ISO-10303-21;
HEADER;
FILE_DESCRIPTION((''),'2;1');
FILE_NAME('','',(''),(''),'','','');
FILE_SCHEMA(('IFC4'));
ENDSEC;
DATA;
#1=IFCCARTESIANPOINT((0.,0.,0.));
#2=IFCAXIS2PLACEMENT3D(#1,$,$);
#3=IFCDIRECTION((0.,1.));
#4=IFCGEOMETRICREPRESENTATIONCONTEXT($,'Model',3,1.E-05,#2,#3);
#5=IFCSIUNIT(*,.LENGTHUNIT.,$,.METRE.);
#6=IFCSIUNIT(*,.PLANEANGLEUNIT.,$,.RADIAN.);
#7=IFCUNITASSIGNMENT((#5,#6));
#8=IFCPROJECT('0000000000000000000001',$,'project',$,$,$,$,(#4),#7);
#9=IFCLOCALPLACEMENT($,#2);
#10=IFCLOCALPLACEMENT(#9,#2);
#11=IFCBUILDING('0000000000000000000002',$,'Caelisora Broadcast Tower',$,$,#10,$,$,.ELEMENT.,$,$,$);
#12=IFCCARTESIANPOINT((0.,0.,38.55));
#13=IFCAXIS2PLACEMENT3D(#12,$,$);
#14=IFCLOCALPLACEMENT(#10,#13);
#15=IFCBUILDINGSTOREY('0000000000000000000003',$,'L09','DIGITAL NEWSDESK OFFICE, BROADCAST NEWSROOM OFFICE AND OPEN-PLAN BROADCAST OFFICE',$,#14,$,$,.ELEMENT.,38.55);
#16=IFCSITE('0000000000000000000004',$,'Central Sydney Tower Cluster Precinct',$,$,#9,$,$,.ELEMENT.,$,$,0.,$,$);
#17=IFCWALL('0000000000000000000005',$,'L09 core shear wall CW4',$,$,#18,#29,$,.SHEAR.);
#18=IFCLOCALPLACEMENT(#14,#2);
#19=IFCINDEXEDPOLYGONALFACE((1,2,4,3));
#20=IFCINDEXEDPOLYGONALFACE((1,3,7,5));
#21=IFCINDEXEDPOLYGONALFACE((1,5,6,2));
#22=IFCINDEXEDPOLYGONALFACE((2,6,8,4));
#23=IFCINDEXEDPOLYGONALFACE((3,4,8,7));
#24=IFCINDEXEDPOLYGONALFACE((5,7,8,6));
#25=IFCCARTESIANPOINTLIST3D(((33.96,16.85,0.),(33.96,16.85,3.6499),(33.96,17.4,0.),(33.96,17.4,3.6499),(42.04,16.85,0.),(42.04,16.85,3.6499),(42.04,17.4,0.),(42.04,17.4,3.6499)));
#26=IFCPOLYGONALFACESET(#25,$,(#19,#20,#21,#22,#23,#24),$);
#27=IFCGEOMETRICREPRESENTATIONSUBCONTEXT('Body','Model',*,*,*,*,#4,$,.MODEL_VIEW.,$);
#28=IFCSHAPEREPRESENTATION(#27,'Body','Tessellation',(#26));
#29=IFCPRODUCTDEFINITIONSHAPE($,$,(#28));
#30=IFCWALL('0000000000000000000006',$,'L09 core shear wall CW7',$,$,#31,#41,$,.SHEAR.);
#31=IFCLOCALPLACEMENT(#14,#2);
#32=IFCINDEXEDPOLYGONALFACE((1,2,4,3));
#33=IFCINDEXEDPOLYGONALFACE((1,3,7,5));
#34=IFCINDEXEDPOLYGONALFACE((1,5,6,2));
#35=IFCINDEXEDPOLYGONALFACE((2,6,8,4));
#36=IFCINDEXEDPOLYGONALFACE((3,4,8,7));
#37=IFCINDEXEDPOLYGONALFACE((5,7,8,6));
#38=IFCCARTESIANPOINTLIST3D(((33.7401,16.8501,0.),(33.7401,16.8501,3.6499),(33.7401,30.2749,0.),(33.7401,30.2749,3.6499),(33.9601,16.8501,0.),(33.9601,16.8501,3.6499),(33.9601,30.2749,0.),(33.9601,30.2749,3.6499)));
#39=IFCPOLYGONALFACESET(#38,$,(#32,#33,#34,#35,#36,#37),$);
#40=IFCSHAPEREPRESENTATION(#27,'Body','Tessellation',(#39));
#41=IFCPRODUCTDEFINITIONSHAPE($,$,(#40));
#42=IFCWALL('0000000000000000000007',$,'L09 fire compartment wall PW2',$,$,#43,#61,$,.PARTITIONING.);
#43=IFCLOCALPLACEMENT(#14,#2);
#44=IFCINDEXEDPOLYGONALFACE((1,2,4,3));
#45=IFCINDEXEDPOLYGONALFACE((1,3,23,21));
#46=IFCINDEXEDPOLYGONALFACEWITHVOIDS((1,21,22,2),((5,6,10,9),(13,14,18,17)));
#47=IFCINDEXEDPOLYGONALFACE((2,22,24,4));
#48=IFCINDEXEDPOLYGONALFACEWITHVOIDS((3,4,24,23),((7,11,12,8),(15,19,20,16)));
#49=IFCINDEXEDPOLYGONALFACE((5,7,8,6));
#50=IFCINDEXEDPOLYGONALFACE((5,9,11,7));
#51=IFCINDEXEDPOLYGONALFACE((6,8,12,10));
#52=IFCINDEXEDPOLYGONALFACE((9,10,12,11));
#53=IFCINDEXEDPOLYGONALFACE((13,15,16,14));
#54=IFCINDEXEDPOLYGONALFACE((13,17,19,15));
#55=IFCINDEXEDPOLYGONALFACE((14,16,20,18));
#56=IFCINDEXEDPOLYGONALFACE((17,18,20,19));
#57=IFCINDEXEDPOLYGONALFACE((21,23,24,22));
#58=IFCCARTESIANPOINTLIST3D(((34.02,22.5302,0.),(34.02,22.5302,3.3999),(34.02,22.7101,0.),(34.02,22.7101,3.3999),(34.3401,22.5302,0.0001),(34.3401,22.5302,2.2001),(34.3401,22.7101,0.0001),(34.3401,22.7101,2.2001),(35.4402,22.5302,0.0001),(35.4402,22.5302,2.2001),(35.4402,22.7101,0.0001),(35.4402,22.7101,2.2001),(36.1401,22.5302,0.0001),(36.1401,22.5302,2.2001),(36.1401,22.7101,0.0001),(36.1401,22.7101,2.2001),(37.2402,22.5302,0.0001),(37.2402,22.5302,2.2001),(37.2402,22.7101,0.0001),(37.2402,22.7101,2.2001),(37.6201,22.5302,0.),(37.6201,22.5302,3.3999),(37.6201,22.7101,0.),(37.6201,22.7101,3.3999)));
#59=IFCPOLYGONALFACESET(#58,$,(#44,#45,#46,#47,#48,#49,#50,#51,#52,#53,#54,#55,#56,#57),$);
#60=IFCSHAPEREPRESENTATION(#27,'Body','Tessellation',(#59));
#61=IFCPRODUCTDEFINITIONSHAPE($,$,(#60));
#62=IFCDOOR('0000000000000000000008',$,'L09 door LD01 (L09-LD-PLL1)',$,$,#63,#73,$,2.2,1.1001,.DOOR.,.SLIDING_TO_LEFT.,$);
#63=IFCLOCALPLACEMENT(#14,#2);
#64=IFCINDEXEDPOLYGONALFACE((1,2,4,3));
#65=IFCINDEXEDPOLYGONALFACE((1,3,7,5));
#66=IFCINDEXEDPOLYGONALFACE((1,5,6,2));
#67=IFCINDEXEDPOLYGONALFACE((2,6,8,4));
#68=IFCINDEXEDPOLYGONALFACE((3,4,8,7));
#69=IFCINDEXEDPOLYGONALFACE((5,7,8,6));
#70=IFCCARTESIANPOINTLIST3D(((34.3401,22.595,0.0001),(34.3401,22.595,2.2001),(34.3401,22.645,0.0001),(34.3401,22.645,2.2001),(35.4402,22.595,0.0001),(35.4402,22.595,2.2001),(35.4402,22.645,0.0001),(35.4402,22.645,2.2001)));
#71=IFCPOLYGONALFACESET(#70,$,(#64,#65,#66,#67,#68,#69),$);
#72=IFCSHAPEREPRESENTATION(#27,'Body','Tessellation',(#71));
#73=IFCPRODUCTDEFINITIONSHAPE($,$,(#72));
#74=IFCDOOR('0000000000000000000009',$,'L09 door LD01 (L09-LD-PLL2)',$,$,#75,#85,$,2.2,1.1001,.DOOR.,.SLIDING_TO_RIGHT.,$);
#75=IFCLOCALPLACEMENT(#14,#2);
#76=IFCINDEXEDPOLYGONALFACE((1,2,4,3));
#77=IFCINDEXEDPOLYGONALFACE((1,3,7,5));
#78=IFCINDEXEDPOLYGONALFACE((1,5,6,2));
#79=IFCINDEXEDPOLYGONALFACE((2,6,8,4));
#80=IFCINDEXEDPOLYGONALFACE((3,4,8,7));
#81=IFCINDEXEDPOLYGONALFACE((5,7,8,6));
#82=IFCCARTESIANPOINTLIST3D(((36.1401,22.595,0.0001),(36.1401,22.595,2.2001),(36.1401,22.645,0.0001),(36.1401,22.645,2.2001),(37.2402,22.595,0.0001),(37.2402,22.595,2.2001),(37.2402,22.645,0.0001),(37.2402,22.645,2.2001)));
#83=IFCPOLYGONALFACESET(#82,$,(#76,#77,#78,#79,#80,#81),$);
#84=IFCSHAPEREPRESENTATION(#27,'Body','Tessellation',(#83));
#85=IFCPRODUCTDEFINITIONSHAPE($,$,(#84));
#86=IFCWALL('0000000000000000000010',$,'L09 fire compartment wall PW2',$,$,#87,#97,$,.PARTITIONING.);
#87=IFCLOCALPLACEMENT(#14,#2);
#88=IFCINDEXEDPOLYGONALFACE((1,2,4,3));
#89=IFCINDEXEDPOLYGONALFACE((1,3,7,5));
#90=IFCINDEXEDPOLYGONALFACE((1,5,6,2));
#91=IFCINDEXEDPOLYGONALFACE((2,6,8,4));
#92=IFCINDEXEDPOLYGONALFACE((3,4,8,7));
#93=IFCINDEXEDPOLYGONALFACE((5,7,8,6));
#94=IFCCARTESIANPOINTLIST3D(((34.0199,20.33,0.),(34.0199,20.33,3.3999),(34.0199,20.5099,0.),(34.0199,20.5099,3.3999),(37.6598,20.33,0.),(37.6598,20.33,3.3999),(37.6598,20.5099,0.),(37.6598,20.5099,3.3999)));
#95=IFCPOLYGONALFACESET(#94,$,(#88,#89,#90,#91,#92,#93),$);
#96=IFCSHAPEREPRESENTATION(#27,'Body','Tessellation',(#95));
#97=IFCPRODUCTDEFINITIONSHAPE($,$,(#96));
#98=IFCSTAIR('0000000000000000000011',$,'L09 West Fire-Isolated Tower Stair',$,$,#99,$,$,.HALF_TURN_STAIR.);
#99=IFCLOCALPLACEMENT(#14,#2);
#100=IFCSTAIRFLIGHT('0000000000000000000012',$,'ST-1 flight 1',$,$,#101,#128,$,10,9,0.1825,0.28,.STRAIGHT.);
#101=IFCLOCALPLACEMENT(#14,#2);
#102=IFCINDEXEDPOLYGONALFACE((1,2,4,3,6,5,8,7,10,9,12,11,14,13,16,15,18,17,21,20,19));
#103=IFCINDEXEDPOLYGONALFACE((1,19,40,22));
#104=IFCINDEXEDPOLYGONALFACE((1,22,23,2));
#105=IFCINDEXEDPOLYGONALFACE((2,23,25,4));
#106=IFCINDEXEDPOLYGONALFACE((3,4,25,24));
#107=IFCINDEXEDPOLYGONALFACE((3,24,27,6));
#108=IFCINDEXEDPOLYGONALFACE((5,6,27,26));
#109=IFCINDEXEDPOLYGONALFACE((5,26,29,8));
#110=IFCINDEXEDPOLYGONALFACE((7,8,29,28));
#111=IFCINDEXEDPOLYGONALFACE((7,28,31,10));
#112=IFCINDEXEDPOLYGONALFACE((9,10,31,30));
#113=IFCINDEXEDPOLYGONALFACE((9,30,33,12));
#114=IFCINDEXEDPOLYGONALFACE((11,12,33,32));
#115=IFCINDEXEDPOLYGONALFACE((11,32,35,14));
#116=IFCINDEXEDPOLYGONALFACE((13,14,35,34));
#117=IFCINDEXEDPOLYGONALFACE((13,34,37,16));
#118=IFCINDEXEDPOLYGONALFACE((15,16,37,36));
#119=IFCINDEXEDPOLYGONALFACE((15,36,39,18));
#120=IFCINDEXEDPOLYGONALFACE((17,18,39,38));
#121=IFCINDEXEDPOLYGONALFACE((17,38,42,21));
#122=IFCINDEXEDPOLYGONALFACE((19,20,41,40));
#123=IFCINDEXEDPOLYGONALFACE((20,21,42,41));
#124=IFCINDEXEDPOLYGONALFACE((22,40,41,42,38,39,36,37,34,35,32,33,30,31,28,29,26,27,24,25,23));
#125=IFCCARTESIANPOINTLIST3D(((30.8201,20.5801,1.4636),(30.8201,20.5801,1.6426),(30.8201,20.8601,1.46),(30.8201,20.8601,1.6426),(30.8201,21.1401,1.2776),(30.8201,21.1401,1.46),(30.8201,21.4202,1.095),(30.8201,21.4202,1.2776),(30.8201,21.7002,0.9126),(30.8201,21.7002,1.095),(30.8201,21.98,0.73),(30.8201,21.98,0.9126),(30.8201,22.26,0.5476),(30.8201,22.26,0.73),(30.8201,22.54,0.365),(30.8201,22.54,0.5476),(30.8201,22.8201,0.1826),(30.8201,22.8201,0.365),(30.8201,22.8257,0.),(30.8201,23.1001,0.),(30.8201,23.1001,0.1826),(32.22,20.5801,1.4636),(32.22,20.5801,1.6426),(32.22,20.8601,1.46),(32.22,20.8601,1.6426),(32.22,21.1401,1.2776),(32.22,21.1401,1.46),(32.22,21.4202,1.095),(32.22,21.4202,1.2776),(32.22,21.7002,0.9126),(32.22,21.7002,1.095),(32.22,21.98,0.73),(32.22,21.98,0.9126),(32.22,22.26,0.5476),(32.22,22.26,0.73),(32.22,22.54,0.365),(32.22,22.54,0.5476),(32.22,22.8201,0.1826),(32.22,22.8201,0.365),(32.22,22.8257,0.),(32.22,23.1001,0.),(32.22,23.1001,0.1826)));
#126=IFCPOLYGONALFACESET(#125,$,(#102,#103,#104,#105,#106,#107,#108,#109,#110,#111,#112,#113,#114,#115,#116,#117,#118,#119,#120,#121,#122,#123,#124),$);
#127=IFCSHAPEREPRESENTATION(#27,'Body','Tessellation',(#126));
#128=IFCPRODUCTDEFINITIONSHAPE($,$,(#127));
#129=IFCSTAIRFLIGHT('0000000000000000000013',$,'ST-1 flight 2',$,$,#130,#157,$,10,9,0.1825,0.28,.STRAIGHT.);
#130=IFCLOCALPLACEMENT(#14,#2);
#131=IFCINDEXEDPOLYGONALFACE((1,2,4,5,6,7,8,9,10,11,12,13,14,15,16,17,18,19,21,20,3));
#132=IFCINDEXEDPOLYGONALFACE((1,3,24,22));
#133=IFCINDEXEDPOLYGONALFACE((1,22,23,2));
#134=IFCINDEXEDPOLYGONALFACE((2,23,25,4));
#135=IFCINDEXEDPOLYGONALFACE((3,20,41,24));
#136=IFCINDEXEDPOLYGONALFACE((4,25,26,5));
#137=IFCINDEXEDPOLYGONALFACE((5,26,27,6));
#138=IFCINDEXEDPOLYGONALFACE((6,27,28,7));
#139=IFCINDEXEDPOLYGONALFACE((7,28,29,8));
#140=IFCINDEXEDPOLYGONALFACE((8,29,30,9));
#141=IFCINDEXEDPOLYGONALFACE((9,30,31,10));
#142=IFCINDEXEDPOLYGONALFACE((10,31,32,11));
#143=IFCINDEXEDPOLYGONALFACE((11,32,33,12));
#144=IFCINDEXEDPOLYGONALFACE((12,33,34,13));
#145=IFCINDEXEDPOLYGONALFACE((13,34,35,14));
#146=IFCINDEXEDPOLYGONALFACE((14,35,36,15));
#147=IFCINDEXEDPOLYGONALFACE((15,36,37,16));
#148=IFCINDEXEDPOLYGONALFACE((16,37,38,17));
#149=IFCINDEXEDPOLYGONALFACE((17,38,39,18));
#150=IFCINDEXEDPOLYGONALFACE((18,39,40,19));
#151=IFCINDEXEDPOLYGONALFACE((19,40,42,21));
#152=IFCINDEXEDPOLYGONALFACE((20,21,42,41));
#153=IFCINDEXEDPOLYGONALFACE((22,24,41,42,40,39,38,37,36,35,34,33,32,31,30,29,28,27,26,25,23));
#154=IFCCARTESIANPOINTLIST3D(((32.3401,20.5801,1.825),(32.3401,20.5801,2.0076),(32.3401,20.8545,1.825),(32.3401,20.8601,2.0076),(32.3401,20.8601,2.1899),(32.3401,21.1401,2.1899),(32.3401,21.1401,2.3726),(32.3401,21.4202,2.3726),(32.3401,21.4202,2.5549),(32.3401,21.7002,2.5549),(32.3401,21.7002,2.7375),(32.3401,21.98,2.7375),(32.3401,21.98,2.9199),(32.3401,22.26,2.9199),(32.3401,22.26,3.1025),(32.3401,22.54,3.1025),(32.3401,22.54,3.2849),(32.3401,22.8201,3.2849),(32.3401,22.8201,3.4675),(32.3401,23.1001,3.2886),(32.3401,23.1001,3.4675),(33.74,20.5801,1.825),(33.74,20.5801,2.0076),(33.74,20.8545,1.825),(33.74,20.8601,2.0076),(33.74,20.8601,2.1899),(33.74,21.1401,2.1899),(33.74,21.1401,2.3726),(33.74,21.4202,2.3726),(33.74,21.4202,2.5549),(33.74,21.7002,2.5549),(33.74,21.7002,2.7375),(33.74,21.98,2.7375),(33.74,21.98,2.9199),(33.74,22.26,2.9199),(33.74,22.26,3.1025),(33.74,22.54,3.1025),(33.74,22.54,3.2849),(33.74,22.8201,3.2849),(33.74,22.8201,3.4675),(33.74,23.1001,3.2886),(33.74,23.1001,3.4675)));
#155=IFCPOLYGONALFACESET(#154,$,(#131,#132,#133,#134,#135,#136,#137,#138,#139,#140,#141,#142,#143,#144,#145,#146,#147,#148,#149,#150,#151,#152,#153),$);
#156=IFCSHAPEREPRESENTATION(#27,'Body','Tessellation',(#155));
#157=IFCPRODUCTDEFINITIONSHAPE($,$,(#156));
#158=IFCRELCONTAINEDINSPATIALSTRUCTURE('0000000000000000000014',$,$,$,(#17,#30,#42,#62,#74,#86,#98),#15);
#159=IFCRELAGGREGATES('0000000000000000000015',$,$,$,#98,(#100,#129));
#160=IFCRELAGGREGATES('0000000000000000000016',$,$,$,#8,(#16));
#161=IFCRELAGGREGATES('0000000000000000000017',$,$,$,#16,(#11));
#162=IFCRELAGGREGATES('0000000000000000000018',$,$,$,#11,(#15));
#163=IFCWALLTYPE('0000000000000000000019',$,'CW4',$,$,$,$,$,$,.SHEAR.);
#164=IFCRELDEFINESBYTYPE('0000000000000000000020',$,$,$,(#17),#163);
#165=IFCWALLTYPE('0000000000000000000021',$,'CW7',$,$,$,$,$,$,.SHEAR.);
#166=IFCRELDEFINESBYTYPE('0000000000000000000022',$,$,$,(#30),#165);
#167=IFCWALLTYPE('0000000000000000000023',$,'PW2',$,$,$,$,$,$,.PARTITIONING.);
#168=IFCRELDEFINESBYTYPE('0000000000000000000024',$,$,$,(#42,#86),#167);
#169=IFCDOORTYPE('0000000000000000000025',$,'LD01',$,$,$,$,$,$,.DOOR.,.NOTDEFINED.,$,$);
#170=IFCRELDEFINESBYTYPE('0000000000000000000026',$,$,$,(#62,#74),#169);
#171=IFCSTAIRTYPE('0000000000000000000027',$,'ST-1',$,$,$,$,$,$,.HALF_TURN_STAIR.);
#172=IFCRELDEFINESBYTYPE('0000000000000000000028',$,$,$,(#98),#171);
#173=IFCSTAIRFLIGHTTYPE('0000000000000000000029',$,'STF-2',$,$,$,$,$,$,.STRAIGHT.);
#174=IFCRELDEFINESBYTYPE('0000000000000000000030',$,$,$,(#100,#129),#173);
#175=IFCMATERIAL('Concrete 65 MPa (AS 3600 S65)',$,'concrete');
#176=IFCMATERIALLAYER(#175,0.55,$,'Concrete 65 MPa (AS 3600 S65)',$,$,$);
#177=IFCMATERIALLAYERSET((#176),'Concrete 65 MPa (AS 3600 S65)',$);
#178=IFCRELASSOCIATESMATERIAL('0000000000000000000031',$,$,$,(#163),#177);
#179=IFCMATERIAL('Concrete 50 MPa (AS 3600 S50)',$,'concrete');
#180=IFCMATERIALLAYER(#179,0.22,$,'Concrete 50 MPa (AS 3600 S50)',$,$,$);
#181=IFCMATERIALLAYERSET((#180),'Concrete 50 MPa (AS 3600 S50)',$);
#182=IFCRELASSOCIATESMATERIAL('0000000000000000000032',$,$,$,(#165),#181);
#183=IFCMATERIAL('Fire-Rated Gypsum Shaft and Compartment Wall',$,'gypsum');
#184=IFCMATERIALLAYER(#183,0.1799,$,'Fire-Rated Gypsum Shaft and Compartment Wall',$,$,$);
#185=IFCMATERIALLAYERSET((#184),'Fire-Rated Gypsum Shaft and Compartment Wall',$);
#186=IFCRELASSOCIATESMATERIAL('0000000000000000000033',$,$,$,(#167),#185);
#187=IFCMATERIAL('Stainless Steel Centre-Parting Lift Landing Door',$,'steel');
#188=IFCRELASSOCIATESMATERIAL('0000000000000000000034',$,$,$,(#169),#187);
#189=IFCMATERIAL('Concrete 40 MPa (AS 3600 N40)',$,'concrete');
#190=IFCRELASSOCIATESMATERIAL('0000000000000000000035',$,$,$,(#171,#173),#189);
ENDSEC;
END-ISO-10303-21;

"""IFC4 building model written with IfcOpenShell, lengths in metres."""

from ifc_helpers import new_model, si_unit, direction, frame, frame_2d, origin, place, context, subcontext, project, spatial, polyline, rectangle, outline, extrude, material, layer, layer_set, type_object, element, fill, aggregate, save


model = new_model("IFC4")

# Units and contexts
model_context = context("Model", 3, precision=1e-05, world=origin(), true_north=direction((0.0, 1.0)))
body_context = subcontext(model_context, "Body", "Model", "MODEL_VIEW")
ifc_project = project(units=[si_unit("LENGTHUNIT", "METRE"), si_unit("PLANEANGLEUNIT", "RADIAN")], contexts=[model_context])

# Site, building, storey
site_placement = place(None, origin())
site = spatial("IfcSite", under=ifc_project, at=site_placement, Name="Central Sydney Tower Cluster Precinct", CompositionType="ELEMENT", RefElevation=0.0)
building_placement = place(site_placement, origin())
building = spatial("IfcBuilding", under=site, at=building_placement, Name="Caelisora Broadcast Tower", CompositionType="ELEMENT")
storey_placement = place(building_placement, frame((0.0, 0.0, 38.55)))
storey = spatial("IfcBuildingStorey", under=building, at=storey_placement, Name="L09", Description="DIGITAL NEWSDESK OFFICE, BROADCAST NEWSROOM OFFICE AND OPEN-PLAN BROADCAST OFFICE", CompositionType="ELEMENT", Elevation=38.55)

# Shared definitions
ifc_material_1 = material(Name="Concrete 65 MPa (AS 3600 S65)", Category="concrete")

# Walls
ifc_layer_1 = layer(ifc_material_1, 0.55, Name="Concrete 65 MPa (AS 3600 S65)")
ifc_layer_set_1 = layer_set([ifc_layer_1], Name="Concrete 65 MPa (AS 3600 S65)")
wall_type_1 = type_object("IfcWallType", Name="CW4", PredefinedType="SHEAR", material=ifc_layer_set_1)
wall_1_placement = place(storey_placement, frame((33.96, 17.125, 0.0), z_axis=(0.0, 0.0, 1.0), x_axis=(1.0, 0.0, 0.0)))
element("IfcWall", 1, at=wall_1_placement, inside=storey, type_object=wall_type_1, Name="L09 core shear wall CW4", PredefinedType="SHEAR", context=body_context, shape_type="SweptSolid", body=[
    extrude(rectangle(XDim=8.0801, YDim=0.55, at=frame_2d((4.04, 0.0))), origin(), (0.0, 0.0, 1.0), 3.6499),
])
ifc_material_2 = material(Name="Concrete 50 MPa (AS 3600 S50)", Category="concrete")
ifc_layer_2 = layer(ifc_material_2, 0.22, Name="Concrete 50 MPa (AS 3600 S50)")
ifc_layer_set_2 = layer_set([ifc_layer_2], Name="Concrete 50 MPa (AS 3600 S50)")
wall_type_2 = type_object("IfcWallType", Name="CW7", PredefinedType="SHEAR", material=ifc_layer_set_2)
wall_2_placement = place(storey_placement, frame((33.8501, 16.8501, 0.0), z_axis=(0.0, 0.0, 1.0), x_axis=(0.0, 1.0, 0.0)))
element("IfcWall", 2, at=wall_2_placement, inside=storey, type_object=wall_type_2, Name="L09 core shear wall CW7", PredefinedType="SHEAR", context=body_context, shape_type="SweptSolid", body=[
    extrude(rectangle(XDim=13.4248, YDim=0.22, at=frame_2d((6.7124, 0.0))), origin(), (0.0, 0.0, 1.0), 3.6499),
])

# Wall, openings, doors
ifc_material_3 = material(Name="Fire-Rated Gypsum Shaft and Compartment Wall", Category="gypsum")
ifc_layer_3 = layer(ifc_material_3, 0.1799, Name="Fire-Rated Gypsum Shaft and Compartment Wall")
ifc_layer_set_3 = layer_set([ifc_layer_3], Name="Fire-Rated Gypsum Shaft and Compartment Wall")
wall_type_3 = type_object("IfcWallType", Name="PW2", PredefinedType="PARTITIONING", material=ifc_layer_set_3)
wall_3_placement = place(storey_placement, frame((34.02, 22.6201, 0.0), z_axis=(0.0, 0.0, 1.0), x_axis=(1.0, 0.0, 0.0)))
wall_3 = element("IfcWall", 3, at=wall_3_placement, inside=storey, type_object=wall_type_3, Name="L09 fire compartment wall PW2", PredefinedType="PARTITIONING", context=body_context, shape_type="SweptSolid", body=[
    extrude(rectangle(XDim=3.6001, YDim=0.1799, at=frame_2d((1.8, 0.0))), origin(), (0.0, 0.0, 1.0), 3.3999),
])
opening_1_placement = place(wall_3_placement, frame((0.3201, 0.0, 0.0)))
opening_1 = element("IfcOpeningElement", 4, at=opening_1_placement, cuts=wall_3, PredefinedType="OPENING", context=body_context, shape_type="SweptSolid", body=[
    extrude(rectangle(XDim=1.1001, YDim=2.2, at=frame_2d((0.55, 1.1001))), frame((0.0, 0.1021, 0.0), z_axis=(0.0, -1.0, 0.0), x_axis=(1.0, 0.0, 0.0)), (0.0, 0.0, 1.0), 0.2039),
])
opening_2_placement = place(wall_3_placement, frame((2.1201, 0.0, 0.0)))
opening_2 = element("IfcOpeningElement", 5, at=opening_2_placement, cuts=wall_3, PredefinedType="OPENING", context=body_context, shape_type="SweptSolid", body=[
    extrude(rectangle(XDim=1.1001, YDim=2.2, at=frame_2d((0.55, 1.1001))), frame((0.0, 0.1021, 0.0), z_axis=(0.0, -1.0, 0.0), x_axis=(1.0, 0.0, 0.0)), (0.0, 0.0, 1.0), 0.2039),
])
ifc_material_4 = material(Name="Stainless Steel Centre-Parting Lift Landing Door", Category="steel")
door_type_1 = type_object("IfcDoorType", Name="LD01", OperationType="NOTDEFINED", PredefinedType="DOOR", material=ifc_material_4)
door_1_placement = place(opening_1_placement, origin())
door_1 = element("IfcDoor", 6, at=door_1_placement, inside=storey, type_object=door_type_1, Name="L09 door LD01 (L09-LD-PLL1)", OperationType="SLIDING_TO_LEFT", OverallHeight=2.2, OverallWidth=1.1001, PredefinedType="DOOR", context=body_context, shape_type="SweptSolid", body=[
    extrude(rectangle(XDim=1.1001, YDim=2.2, at=frame_2d((0.55, 1.1001))), frame((0.0, 0.0249, 0.0), z_axis=(0.0, -1.0, 0.0), x_axis=(1.0, 0.0, 0.0)), (0.0, 0.0, 1.0), 0.05),
])
fill(opening_1, door_1)
door_2_placement = place(opening_2_placement, origin())
door_2 = element("IfcDoor", 7, at=door_2_placement, inside=storey, type_object=door_type_1, Name="L09 door LD01 (L09-LD-PLL2)", OperationType="SLIDING_TO_RIGHT", OverallHeight=2.2, OverallWidth=1.1001, PredefinedType="DOOR", context=body_context, shape_type="SweptSolid", body=[
    extrude(rectangle(XDim=1.1001, YDim=2.2, at=frame_2d((0.55, 1.1001))), frame((0.0, 0.0249, 0.0), z_axis=(0.0, -1.0, 0.0), x_axis=(1.0, 0.0, 0.0)), (0.0, 0.0, 1.0), 0.05),
])
fill(opening_2, door_2)

# Wall
wall_4_placement = place(storey_placement, frame((34.02, 20.4199, 0.0), z_axis=(0.0, 0.0, 1.0), x_axis=(1.0, 0.0, 0.0)))
element("IfcWall", 8, at=wall_4_placement, inside=storey, type_object=wall_type_3, Name="L09 fire compartment wall PW2", PredefinedType="PARTITIONING", context=body_context, shape_type="SweptSolid", body=[
    extrude(rectangle(XDim=3.6399, YDim=0.1799, at=frame_2d((1.8198, 0.0))), origin(), (0.0, 0.0, 1.0), 3.3999),
])

# Stair, stair flights
ifc_material_5 = material(Name="Concrete 40 MPa (AS 3600 N40)", Category="concrete")
stair_type = type_object("IfcStairType", Name="ST-1", PredefinedType="HALF_TURN_STAIR", material=ifc_material_5)
stair_placement = place(storey_placement, origin())
stair = element("IfcStair", 9, at=stair_placement, inside=storey, type_object=stair_type, Name="L09 West Fire-Isolated Tower Stair", PredefinedType="HALF_TURN_STAIR")
stair_flight_type = type_object("IfcStairFlightType", Name="STF-2", PredefinedType="STRAIGHT", material=ifc_material_5)
stair_flight_1_placement = place(storey_placement, frame((31.52, 23.1001, 0.0), z_axis=(0.0, 0.0, 1.0), x_axis=(0.0, -1.0, 0.0)))
stair_flight_1 = element("IfcStairFlight", 10, at=stair_flight_1_placement, type_object=stair_flight_type, Name="ST-1 flight 1", NumberOfRisers=10, NumberOfTreads=9, PredefinedType="STRAIGHT", RiserHeight=0.1825, TreadLength=0.28, context=body_context, shape_type="SweptSolid", body=[
    extrude(outline(polyline([(0.0, 0.0), (0.0, 0.1826), (0.28, 0.1826), (0.28, 0.365), (0.5601, 0.365), (0.5601, 0.5476), (0.8401, 0.5476), (0.8401, 0.73), (1.1201, 0.73), (1.1201, 0.9126), (1.3999, 0.9126), (1.3999, 1.095), (1.6799, 1.095), (1.6799, 1.2776), (1.96, 1.2776), (1.96, 1.46), (2.24, 1.46), (2.24, 1.6426), (2.52, 1.6426), (2.52, 1.825), (2.52, 1.4636), (0.2744, 0.0), (0.0, 0.0)])), frame((0.0, 0.7, 0.0), z_axis=(0.0, -1.0, 0.0), x_axis=(1.0, 0.0, 0.0)), (0.0, 0.0, 1.0), 1.3999),
])
stair_flight_2_placement = place(storey_placement, frame((33.04, 20.5801, 1.825), z_axis=(0.0, 0.0, 1.0), x_axis=(0.0, 1.0, 0.0)))
stair_flight_2 = element("IfcStairFlight", 11, at=stair_flight_2_placement, type_object=stair_flight_type, Name="ST-1 flight 2", NumberOfRisers=10, NumberOfTreads=9, PredefinedType="STRAIGHT", RiserHeight=0.1825, TreadLength=0.28, context=body_context, shape_type="SweptSolid", body=[
    extrude(outline(polyline([(0.0, 0.0), (0.0, 0.1826), (0.28, 0.1826), (0.28, 0.365), (0.5601, 0.365), (0.5601, 0.5476), (0.8401, 0.5476), (0.8401, 0.73), (1.1201, 0.73), (1.1201, 0.9126), (1.3999, 0.9126), (1.3999, 1.095), (1.6799, 1.095), (1.6799, 1.2776), (1.96, 1.2776), (1.96, 1.46), (2.24, 1.46), (2.24, 1.6426), (2.52, 1.6426), (2.52, 1.825), (2.52, 1.4636), (0.2744, 0.0), (0.0, 0.0)])), frame((0.0, 0.7, 0.0), z_axis=(0.0, -1.0, 0.0), x_axis=(1.0, 0.0, 0.0)), (0.0, 0.0, 1.0), 1.3999),
])
aggregate(stair, [stair_flight_1, stair_flight_2])

save(model, "model.ifc")
